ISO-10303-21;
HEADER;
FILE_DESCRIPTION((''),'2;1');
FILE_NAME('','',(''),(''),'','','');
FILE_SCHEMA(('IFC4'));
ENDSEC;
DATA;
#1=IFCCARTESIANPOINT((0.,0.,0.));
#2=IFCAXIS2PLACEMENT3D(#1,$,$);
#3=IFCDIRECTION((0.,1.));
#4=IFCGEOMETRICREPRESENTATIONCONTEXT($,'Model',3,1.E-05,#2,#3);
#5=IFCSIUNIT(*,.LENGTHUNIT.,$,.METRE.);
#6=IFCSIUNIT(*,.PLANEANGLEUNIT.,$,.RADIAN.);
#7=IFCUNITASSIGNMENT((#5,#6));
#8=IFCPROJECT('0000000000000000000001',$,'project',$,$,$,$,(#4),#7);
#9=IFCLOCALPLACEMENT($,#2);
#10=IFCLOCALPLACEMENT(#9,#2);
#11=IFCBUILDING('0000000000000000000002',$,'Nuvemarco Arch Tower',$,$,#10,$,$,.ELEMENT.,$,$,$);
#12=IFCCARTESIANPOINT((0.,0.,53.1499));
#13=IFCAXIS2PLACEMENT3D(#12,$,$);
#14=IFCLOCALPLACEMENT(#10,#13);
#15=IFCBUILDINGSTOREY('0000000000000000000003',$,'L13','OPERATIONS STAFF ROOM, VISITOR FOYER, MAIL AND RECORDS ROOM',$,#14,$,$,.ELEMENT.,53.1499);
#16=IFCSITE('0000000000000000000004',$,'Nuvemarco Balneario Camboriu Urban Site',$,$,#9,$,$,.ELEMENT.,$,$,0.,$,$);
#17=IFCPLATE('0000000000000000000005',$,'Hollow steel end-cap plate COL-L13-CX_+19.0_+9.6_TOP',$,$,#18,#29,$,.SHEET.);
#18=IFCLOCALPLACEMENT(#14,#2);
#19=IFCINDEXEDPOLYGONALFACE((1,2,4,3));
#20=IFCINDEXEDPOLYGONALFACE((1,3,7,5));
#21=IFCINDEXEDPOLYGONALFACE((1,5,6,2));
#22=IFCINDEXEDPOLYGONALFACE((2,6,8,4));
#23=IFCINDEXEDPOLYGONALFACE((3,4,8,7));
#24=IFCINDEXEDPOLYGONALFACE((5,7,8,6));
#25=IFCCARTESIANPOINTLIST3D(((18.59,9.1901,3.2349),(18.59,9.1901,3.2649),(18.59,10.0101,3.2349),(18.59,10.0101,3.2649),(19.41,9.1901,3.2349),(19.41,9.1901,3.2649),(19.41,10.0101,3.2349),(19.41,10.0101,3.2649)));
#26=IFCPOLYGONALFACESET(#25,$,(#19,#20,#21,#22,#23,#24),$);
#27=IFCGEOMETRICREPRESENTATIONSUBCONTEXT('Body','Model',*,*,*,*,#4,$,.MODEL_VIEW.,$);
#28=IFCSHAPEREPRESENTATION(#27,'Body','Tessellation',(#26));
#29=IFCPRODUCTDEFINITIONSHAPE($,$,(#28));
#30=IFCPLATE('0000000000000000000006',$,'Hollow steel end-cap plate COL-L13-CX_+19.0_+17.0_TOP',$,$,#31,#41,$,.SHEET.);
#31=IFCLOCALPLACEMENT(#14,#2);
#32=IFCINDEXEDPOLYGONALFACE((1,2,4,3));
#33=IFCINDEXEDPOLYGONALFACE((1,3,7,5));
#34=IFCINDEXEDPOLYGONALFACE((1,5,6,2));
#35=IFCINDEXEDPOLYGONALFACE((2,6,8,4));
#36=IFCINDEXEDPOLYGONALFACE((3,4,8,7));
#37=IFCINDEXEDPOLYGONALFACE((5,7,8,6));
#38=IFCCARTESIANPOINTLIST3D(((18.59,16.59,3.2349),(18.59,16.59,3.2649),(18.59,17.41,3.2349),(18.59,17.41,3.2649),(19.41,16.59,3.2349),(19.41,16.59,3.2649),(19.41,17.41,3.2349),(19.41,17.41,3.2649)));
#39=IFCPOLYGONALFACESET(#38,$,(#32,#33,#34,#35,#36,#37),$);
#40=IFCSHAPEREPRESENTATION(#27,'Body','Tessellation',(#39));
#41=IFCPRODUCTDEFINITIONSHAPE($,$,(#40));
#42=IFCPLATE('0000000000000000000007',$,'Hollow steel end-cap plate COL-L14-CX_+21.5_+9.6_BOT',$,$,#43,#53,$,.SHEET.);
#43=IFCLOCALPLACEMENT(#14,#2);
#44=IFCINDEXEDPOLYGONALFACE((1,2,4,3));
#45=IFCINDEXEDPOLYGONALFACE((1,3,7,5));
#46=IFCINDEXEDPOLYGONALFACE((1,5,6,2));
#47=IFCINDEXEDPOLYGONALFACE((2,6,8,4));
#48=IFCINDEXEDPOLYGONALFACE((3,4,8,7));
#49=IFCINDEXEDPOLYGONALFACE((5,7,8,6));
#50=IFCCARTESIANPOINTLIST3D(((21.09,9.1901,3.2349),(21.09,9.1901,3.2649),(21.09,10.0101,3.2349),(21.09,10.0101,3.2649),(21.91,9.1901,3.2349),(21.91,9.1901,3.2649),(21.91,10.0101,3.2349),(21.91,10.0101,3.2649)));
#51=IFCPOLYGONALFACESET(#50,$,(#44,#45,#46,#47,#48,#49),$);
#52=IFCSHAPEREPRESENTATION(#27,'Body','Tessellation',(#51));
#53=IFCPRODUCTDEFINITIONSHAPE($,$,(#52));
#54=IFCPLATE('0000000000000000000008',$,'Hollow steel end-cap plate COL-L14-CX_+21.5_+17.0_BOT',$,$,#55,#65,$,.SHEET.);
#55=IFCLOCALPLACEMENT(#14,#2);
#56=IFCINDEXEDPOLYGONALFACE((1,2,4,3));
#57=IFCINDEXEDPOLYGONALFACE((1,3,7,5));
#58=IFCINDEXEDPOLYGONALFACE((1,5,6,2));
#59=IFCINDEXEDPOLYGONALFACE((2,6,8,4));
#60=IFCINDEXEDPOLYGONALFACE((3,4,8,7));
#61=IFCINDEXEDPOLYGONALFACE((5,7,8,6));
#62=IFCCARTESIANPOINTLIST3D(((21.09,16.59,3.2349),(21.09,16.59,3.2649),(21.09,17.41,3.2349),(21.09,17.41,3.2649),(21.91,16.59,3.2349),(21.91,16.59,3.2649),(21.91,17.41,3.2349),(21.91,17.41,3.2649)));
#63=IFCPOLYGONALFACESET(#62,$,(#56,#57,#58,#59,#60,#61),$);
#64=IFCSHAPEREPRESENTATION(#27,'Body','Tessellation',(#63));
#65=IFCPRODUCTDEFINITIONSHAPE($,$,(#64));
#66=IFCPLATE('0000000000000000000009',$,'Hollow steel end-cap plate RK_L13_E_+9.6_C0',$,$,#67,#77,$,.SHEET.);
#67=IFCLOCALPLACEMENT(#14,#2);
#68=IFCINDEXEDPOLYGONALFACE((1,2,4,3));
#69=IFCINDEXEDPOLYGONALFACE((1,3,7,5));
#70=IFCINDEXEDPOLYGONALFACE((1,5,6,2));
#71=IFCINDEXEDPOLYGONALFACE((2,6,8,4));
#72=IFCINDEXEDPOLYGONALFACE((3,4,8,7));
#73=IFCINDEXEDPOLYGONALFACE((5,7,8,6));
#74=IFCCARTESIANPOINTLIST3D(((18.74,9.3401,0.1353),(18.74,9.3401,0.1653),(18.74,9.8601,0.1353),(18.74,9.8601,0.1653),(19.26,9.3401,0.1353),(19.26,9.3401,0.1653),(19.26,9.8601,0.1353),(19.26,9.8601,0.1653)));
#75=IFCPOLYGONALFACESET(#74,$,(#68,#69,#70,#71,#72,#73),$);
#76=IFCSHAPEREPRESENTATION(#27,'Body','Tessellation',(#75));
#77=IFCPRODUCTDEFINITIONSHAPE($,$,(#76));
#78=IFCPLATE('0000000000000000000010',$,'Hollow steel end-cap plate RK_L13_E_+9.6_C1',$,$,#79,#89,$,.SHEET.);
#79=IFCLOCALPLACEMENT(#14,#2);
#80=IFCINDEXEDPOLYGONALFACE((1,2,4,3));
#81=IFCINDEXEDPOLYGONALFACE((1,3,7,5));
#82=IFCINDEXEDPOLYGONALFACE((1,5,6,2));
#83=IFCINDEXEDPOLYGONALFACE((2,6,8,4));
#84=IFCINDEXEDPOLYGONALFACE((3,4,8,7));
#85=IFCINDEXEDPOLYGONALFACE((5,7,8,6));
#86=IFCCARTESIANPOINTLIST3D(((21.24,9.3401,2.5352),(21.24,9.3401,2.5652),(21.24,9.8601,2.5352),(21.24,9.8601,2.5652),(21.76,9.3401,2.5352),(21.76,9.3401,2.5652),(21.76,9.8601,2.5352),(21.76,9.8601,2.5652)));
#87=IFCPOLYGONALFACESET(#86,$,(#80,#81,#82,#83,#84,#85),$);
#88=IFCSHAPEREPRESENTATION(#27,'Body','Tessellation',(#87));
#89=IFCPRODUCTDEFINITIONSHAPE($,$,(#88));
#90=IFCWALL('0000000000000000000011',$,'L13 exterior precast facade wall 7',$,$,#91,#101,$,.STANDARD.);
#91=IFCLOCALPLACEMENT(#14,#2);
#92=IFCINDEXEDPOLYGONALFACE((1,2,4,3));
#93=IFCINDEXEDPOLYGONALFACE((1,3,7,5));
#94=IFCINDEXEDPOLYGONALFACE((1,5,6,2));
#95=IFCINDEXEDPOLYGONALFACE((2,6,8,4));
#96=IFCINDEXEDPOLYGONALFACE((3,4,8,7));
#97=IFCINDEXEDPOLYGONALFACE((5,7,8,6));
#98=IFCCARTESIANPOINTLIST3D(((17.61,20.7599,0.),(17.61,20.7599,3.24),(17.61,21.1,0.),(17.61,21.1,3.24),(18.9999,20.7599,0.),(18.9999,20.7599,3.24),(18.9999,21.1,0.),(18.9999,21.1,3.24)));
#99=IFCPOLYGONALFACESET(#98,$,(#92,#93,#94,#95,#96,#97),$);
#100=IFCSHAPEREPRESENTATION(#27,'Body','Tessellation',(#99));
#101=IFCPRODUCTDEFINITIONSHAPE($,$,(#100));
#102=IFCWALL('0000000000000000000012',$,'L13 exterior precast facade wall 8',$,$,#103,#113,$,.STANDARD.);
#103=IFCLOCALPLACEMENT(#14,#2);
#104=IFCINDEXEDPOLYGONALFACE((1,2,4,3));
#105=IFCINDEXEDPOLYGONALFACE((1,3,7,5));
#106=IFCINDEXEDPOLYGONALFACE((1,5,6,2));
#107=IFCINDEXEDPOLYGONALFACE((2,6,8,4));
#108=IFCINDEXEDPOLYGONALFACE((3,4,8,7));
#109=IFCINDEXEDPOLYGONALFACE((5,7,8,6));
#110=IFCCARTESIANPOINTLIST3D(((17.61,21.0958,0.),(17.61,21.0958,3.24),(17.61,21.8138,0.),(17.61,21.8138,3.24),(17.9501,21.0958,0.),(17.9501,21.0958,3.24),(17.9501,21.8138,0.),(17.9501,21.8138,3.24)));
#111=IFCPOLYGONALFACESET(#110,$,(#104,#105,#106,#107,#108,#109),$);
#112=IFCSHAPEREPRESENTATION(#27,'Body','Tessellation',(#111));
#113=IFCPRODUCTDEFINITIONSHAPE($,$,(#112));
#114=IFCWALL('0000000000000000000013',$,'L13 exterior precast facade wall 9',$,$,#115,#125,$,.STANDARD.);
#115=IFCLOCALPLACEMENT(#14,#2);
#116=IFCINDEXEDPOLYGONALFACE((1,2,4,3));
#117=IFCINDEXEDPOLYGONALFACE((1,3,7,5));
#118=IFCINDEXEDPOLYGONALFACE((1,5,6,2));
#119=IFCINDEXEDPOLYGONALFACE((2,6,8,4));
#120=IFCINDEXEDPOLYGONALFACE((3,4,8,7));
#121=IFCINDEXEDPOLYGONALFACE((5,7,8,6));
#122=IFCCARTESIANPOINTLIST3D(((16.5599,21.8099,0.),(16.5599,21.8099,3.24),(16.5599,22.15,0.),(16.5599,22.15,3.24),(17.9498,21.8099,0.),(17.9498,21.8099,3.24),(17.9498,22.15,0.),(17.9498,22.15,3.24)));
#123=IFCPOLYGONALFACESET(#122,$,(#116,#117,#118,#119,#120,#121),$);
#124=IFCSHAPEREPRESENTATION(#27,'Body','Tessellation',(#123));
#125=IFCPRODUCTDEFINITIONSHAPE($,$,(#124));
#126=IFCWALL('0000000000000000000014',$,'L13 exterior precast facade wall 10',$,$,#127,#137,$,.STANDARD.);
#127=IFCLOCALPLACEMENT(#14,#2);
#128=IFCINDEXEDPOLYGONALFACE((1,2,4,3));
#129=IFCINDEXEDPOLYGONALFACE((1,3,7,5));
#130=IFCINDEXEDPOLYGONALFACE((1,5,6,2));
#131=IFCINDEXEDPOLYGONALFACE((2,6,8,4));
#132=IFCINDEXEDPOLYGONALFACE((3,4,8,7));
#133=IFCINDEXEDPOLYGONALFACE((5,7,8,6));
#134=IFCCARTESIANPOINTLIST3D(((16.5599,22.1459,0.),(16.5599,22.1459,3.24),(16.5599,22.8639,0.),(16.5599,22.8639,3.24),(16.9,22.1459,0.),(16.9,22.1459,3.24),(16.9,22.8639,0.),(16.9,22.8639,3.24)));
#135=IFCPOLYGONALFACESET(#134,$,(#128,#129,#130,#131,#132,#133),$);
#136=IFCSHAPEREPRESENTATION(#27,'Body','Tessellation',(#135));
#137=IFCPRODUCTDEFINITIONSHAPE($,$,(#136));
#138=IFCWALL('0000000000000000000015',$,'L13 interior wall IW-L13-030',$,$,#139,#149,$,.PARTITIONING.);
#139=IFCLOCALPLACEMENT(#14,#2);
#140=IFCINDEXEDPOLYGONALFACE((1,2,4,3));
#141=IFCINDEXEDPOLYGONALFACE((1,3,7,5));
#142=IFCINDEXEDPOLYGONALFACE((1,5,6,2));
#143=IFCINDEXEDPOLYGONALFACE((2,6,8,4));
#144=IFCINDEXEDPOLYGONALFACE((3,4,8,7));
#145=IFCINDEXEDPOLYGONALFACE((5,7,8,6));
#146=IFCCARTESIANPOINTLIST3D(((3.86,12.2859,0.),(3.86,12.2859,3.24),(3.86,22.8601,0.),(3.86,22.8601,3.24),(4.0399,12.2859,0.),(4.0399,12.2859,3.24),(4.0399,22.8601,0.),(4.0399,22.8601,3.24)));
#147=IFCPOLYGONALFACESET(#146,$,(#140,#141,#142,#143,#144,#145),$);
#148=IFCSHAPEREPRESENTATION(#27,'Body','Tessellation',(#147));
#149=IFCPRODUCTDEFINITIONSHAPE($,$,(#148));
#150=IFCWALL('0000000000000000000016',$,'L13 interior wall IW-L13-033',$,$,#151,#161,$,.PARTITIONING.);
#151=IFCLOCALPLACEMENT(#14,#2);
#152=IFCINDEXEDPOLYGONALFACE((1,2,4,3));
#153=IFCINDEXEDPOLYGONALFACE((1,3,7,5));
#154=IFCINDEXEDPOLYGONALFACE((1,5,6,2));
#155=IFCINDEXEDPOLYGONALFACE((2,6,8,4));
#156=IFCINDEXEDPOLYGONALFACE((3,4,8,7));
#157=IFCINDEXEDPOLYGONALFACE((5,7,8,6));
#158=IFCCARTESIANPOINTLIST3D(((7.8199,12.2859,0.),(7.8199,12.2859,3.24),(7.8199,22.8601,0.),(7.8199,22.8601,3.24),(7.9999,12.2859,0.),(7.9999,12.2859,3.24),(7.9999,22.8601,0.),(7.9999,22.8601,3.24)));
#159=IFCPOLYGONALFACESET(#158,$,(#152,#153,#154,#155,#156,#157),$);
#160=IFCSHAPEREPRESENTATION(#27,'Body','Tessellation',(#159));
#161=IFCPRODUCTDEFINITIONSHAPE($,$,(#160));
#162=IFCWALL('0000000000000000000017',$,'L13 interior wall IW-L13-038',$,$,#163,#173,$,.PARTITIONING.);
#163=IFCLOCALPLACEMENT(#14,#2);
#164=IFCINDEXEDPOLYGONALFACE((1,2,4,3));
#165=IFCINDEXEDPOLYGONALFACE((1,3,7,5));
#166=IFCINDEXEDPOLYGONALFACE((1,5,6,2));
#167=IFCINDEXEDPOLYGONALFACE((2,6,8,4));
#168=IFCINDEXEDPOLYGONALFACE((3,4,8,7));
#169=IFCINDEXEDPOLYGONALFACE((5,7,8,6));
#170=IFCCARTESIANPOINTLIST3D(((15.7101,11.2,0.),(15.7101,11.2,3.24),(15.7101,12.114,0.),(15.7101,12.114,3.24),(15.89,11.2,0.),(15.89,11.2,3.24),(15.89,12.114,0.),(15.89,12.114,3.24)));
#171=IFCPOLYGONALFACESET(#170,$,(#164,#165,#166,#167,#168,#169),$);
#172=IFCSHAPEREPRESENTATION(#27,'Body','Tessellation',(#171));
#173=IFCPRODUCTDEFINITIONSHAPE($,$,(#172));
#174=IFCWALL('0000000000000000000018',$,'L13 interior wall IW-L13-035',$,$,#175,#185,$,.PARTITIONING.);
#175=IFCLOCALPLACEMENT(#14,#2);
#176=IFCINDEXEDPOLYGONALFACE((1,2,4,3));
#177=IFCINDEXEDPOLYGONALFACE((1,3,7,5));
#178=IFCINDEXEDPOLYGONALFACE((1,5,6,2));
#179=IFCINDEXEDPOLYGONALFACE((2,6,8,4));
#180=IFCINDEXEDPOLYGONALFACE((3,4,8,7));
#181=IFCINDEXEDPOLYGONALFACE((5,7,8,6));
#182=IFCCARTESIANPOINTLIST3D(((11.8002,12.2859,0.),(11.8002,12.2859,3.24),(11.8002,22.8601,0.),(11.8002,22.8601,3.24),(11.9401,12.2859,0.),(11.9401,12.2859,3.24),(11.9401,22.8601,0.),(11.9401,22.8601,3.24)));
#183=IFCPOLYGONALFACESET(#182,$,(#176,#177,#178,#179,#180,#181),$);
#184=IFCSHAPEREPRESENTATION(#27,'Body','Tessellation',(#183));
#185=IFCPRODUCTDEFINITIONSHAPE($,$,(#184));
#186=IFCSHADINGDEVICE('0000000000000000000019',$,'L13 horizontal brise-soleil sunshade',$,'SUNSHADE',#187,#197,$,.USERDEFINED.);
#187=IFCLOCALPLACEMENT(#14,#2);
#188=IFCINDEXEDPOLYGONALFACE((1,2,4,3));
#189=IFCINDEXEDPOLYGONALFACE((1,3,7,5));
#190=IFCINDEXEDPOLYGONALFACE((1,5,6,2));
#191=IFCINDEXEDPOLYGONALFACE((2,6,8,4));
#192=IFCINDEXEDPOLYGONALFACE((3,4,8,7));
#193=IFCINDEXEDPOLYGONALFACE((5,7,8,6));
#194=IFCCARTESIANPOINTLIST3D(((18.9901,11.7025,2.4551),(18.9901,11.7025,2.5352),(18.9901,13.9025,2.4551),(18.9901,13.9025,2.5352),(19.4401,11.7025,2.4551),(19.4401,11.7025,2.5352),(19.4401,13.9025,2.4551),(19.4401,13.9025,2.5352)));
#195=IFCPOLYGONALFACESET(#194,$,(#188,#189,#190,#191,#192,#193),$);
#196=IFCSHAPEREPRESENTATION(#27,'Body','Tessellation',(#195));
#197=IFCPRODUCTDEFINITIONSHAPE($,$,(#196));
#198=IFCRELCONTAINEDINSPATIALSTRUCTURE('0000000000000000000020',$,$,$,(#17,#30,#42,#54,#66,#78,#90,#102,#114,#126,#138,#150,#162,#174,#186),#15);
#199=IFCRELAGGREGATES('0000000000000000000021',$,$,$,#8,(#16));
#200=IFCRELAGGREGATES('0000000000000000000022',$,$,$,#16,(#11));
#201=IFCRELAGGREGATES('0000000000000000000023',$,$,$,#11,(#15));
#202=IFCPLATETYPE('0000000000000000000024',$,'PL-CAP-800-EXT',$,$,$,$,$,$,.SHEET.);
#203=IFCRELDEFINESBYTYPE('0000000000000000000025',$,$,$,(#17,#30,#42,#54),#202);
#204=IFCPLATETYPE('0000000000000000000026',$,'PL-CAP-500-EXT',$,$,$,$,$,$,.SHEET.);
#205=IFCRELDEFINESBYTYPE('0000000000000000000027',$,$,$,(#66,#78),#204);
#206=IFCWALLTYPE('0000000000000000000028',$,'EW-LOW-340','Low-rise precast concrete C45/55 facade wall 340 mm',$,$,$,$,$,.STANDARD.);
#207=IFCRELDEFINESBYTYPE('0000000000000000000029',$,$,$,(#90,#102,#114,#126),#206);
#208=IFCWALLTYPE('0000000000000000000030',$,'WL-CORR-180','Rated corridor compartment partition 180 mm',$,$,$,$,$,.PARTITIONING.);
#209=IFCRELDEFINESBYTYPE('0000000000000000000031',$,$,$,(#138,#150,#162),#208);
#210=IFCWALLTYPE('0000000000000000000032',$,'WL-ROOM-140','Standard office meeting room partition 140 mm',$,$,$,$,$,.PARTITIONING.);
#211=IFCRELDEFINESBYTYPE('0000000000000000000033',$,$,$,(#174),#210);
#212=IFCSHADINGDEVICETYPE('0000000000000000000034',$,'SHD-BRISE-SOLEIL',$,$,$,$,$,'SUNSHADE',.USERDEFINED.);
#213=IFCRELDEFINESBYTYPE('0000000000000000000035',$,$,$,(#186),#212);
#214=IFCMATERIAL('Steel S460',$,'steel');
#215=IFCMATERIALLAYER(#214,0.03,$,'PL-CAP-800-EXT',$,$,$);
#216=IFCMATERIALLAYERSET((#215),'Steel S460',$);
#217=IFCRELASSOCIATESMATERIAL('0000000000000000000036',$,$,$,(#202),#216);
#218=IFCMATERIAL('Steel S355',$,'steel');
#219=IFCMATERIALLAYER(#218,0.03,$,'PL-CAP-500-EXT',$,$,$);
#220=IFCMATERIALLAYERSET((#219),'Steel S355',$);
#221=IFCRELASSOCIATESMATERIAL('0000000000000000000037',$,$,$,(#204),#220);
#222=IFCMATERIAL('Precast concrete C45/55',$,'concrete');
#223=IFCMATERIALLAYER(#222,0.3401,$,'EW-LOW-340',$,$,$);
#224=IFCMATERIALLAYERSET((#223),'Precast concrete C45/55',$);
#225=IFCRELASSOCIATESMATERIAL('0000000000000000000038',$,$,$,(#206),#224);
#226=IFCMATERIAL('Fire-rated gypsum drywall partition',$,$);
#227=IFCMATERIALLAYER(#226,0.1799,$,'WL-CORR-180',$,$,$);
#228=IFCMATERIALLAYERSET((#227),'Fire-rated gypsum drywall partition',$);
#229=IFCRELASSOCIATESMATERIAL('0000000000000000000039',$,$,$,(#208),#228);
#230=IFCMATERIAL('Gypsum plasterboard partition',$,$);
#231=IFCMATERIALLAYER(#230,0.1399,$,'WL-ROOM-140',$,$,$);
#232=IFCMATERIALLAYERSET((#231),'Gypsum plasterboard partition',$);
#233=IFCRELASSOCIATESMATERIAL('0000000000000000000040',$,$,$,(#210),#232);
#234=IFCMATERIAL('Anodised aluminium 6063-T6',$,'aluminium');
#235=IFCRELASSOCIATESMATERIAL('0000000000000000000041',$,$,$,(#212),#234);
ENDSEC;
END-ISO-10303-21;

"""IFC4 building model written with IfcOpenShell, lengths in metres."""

from ifc_helpers import new_model, si_unit, direction, frame, frame_2d, origin, origin_2d, place, context, subcontext, project, spatial, rectangle, extrude, source, transform, mapped, material, layer, layer_set, type_object, type_shapes, element, save


model = new_model("IFC4")

# Units and contexts
model_context = context("Model", 3, precision=1e-05, world=origin(), true_north=direction((0.0, 1.0)))
body_context = subcontext(model_context, "Body", "Model", "MODEL_VIEW")
ifc_project = project(units=[si_unit("LENGTHUNIT", "METRE"), si_unit("PLANEANGLEUNIT", "RADIAN")], contexts=[model_context])

# Site, building, storey
site_placement = place(None, origin())
site = spatial("IfcSite", under=ifc_project, at=site_placement, Name="Nuvemarco Balneario Camboriu Urban Site", CompositionType="ELEMENT", RefElevation=0.0)
building_placement = place(site_placement, origin())
building = spatial("IfcBuilding", under=site, at=building_placement, Name="Nuvemarco Arch Tower", CompositionType="ELEMENT")
storey_placement = place(building_placement, frame((0.0, 0.0, 53.1499)))
storey = spatial("IfcBuildingStorey", under=building, at=storey_placement, Name="L13", Description="OPERATIONS STAFF ROOM, VISITOR FOYER, MAIL AND RECORDS ROOM", CompositionType="ELEMENT", Elevation=53.1499)

# Shared definitions
ifc_material_1 = material(Name="Steel S460", Category="steel")
ifc_material_2 = material(Name="Steel S355", Category="steel")

# Shared definitions
ifc_material_3 = material(Name="Precast concrete C45/55", Category="concrete")

# Plates
ifc_layer_1 = layer(ifc_material_1, 0.03, Name="PL-CAP-800-EXT")
ifc_layer_set_1 = layer_set([ifc_layer_1], Name="Steel S460")
plate_type_1 = type_object("IfcPlateType", Name="PL-CAP-800-EXT", PredefinedType="SHEET", material=ifc_layer_set_1)
shared_shape_1 = source(origin(), body_context, "Body", "SweptSolid", [
    extrude(rectangle(XDim=0.8201, YDim=0.8201, at=origin_2d()), origin(), (0.0, 0.0, 1.0), 0.03),
])
type_shapes(plate_type_1, [shared_shape_1])
for number, where, z_axis, x_axis, name in (
    (1, (19.0, 9.6001, 3.2349), (0.0, 0.0, 1.0), (1.0, 0.0, 0.0), "Hollow steel end-cap plate COL-L13-CX_+19.0_+9.6_TOP"),
    (2, (19.0, 17.0, 3.2349), (0.0, 0.0, 1.0), (1.0, 0.0, 0.0), "Hollow steel end-cap plate COL-L13-CX_+19.0_+17.0_TOP"),
    (3, (21.5, 9.6001, 3.2349), (0.0, 0.0, 1.0), (1.0, 0.0, 0.0), "Hollow steel end-cap plate COL-L14-CX_+21.5_+9.6_BOT"),
    (4, (21.5, 17.0, 3.2349), (0.0, 0.0, 1.0), (1.0, 0.0, 0.0), "Hollow steel end-cap plate COL-L14-CX_+21.5_+17.0_BOT"),
):
    element("IfcPlate", number, at=place(storey_placement, frame(where, z_axis=z_axis, x_axis=x_axis)), inside=storey, type_object=plate_type_1, Name=name, PredefinedType="SHEET", context=body_context, shape_type="MappedRepresentation", body=[
        mapped(shared_shape_1, transform((0.0, 0.0, 0.0), scale=1.0)),
    ])
ifc_layer_2 = layer(ifc_material_2, 0.03, Name="PL-CAP-500-EXT")
ifc_layer_set_2 = layer_set([ifc_layer_2], Name="Steel S355")
plate_type_2 = type_object("IfcPlateType", Name="PL-CAP-500-EXT", PredefinedType="SHEET", material=ifc_layer_set_2)
shared_shape_2 = source(origin(), body_context, "Body", "SweptSolid", [
    extrude(rectangle(XDim=0.52, YDim=0.52, at=origin_2d()), origin(), (0.0, 0.0, 1.0), 0.03),
])
type_shapes(plate_type_2, [shared_shape_2])
for number, where, z_axis, x_axis, name in (
    (5, (19.0, 9.6001, 0.1353), (0.0, 0.0, 1.0), (1.0, 0.0, 0.0), "Hollow steel end-cap plate RK_L13_E_+9.6_C0"),
    (6, (21.5, 9.6001, 2.5352), (0.0, 0.0, 1.0), (1.0, 0.0, 0.0), "Hollow steel end-cap plate RK_L13_E_+9.6_C1"),
):
    element("IfcPlate", number, at=place(storey_placement, frame(where, z_axis=z_axis, x_axis=x_axis)), inside=storey, type_object=plate_type_2, Name=name, PredefinedType="SHEET", context=body_context, shape_type="MappedRepresentation", body=[
        mapped(shared_shape_2, transform((0.0, 0.0, 0.0), scale=1.0)),
    ])

# Walls
ifc_layer_3 = layer(ifc_material_3, 0.3401, Name="EW-LOW-340")
ifc_layer_set_3 = layer_set([ifc_layer_3], Name="Precast concrete C45/55")
wall_type_1 = type_object("IfcWallType", Name="EW-LOW-340", Description="Low-rise precast concrete C45/55 facade wall 340 mm", PredefinedType="STANDARD", material=ifc_layer_set_3)
wall_1_placement = place(storey_placement, frame((17.6101, 20.9299, 0.0), z_axis=(0.0, 0.0, 1.0), x_axis=(1.0, 0.0, 0.0)))
element("IfcWall", 7, at=wall_1_placement, inside=storey, type_object=wall_type_1, Name="L13 exterior precast facade wall 7", PredefinedType="STANDARD", context=body_context, shape_type="SweptSolid", body=[
    extrude(rectangle(XDim=1.3899, YDim=0.3401, at=frame_2d((0.6948, 0.0))), origin(), (0.0, 0.0, 1.0), 3.24),
])
wall_2_placement = place(storey_placement, frame((17.78, 21.0959, 0.0), z_axis=(0.0, 0.0, 1.0), x_axis=(0.0, 1.0, 0.0)))
element("IfcWall", 8, at=wall_2_placement, inside=storey, type_object=wall_type_1, Name="L13 exterior precast facade wall 8", PredefinedType="STANDARD", context=body_context, shape_type="SweptSolid", body=[
    extrude(rectangle(XDim=0.718, YDim=0.3401, at=frame_2d((0.3589, 0.0))), origin(), (0.0, 0.0, 1.0), 3.24),
])
wall_3_placement = place(storey_placement, frame((16.5601, 21.98, 0.0), z_axis=(0.0, 0.0, 1.0), x_axis=(1.0, 0.0, 0.0)))
element("IfcWall", 9, at=wall_3_placement, inside=storey, type_object=wall_type_1, Name="L13 exterior precast facade wall 9", PredefinedType="STANDARD", context=body_context, shape_type="SweptSolid", body=[
    extrude(rectangle(XDim=1.3899, YDim=0.3401, at=frame_2d((0.6948, 0.0))), origin(), (0.0, 0.0, 1.0), 3.24),
])
wall_4_placement = place(storey_placement, frame((16.73, 22.146, 0.0), z_axis=(0.0, 0.0, 1.0), x_axis=(0.0, 1.0, 0.0)))
element("IfcWall", 10, at=wall_4_placement, inside=storey, type_object=wall_type_1, Name="L13 exterior precast facade wall 10", PredefinedType="STANDARD", context=body_context, shape_type="SweptSolid", body=[
    extrude(rectangle(XDim=0.718, YDim=0.3401, at=frame_2d((0.3589, 0.0))), origin(), (0.0, 0.0, 1.0), 3.24),
])
ifc_material_4 = material(Name="Fire-rated gypsum drywall partition")
ifc_layer_4 = layer(ifc_material_4, 0.1799, Name="WL-CORR-180")
ifc_layer_set_4 = layer_set([ifc_layer_4], Name="Fire-rated gypsum drywall partition")
wall_type_2 = type_object("IfcWallType", Name="WL-CORR-180", Description="Rated corridor compartment partition 180 mm", PredefinedType="PARTITIONING", material=ifc_layer_set_4)
for number, where, z_axis, x_axis, name in (
    (11, (3.95, 12.2859, 0.0), (0.0, 0.0, 1.0), (0.0, 1.0, 0.0), "L13 interior wall IW-L13-030"),
    (12, (7.9099, 12.2859, 0.0), (0.0, 0.0, 1.0), (0.0, 1.0, 0.0), "L13 interior wall IW-L13-033"),
):
    element("IfcWall", number, at=place(storey_placement, frame(where, z_axis=z_axis, x_axis=x_axis)), inside=storey, type_object=wall_type_2, Name=name, PredefinedType="PARTITIONING", context=body_context, shape_type="SweptSolid", body=[
        extrude(rectangle(XDim=10.5742, YDim=0.1799, at=frame_2d((5.2871, 0.0))), origin(), (0.0, 0.0, 1.0), 3.24),
    ])
wall_5_placement = place(storey_placement, frame((15.8, 11.2, 0.0), z_axis=(0.0, 0.0, 1.0), x_axis=(0.0, 1.0, 0.0)))
element("IfcWall", 13, at=wall_5_placement, inside=storey, type_object=wall_type_2, Name="L13 interior wall IW-L13-038", PredefinedType="PARTITIONING", context=body_context, shape_type="SweptSolid", body=[
    extrude(rectangle(XDim=0.9141, YDim=0.1799, at=frame_2d((0.457, 0.0))), origin(), (0.0, 0.0, 1.0), 3.24),
])
ifc_material_5 = material(Name="Gypsum plasterboard partition")
ifc_layer_5 = layer(ifc_material_5, 0.1399, Name="WL-ROOM-140")
ifc_layer_set_5 = layer_set([ifc_layer_5], Name="Gypsum plasterboard partition")
wall_type_3 = type_object("IfcWallType", Name="WL-ROOM-140", Description="Standard office meeting room partition 140 mm", PredefinedType="PARTITIONING", material=ifc_layer_set_5)
wall_6_placement = place(storey_placement, frame((11.8701, 12.2859, 0.0), z_axis=(0.0, 0.0, 1.0), x_axis=(0.0, 1.0, 0.0)))
element("IfcWall", 14, at=wall_6_placement, inside=storey, type_object=wall_type_3, Name="L13 interior wall IW-L13-035", PredefinedType="PARTITIONING", context=body_context, shape_type="SweptSolid", body=[
    extrude(rectangle(XDim=10.5742, YDim=0.1399, at=frame_2d((5.2871, 0.0))), origin(), (0.0, 0.0, 1.0), 3.24),
])

# Shading device
ifc_material_6 = material(Name="Anodised aluminium 6063-T6", Category="aluminium")
shading_device_type_1 = type_object("IfcShadingDeviceType", Name="SHD-BRISE-SOLEIL", ElementType="SUNSHADE", PredefinedType="USERDEFINED", material=ifc_material_6)
shared_shape_3 = source(origin(), body_context, "Body", "SweptSolid", [
    extrude(rectangle(XDim=2.2, YDim=0.45, at=origin_2d()), origin(), (0.0, 0.0, 1.0), 0.0801),
])
type_shapes(shading_device_type_1, [shared_shape_3])
shading_device_placement = place(storey_placement, frame((19.2151, 12.8025, 2.4551), z_axis=(0.0, 0.0, 1.0), x_axis=(0.0, 1.0, 0.0)))
element("IfcShadingDevice", 15, at=shading_device_placement, inside=storey, type_object=shading_device_type_1, Name="L13 horizontal brise-soleil sunshade", ObjectType="SUNSHADE", PredefinedType="USERDEFINED", context=body_context, shape_type="MappedRepresentation", body=[
    mapped(shared_shape_3, transform((0.0, 0.0, 0.0), scale=1.0)),
])

save(model, "model.ifc")
